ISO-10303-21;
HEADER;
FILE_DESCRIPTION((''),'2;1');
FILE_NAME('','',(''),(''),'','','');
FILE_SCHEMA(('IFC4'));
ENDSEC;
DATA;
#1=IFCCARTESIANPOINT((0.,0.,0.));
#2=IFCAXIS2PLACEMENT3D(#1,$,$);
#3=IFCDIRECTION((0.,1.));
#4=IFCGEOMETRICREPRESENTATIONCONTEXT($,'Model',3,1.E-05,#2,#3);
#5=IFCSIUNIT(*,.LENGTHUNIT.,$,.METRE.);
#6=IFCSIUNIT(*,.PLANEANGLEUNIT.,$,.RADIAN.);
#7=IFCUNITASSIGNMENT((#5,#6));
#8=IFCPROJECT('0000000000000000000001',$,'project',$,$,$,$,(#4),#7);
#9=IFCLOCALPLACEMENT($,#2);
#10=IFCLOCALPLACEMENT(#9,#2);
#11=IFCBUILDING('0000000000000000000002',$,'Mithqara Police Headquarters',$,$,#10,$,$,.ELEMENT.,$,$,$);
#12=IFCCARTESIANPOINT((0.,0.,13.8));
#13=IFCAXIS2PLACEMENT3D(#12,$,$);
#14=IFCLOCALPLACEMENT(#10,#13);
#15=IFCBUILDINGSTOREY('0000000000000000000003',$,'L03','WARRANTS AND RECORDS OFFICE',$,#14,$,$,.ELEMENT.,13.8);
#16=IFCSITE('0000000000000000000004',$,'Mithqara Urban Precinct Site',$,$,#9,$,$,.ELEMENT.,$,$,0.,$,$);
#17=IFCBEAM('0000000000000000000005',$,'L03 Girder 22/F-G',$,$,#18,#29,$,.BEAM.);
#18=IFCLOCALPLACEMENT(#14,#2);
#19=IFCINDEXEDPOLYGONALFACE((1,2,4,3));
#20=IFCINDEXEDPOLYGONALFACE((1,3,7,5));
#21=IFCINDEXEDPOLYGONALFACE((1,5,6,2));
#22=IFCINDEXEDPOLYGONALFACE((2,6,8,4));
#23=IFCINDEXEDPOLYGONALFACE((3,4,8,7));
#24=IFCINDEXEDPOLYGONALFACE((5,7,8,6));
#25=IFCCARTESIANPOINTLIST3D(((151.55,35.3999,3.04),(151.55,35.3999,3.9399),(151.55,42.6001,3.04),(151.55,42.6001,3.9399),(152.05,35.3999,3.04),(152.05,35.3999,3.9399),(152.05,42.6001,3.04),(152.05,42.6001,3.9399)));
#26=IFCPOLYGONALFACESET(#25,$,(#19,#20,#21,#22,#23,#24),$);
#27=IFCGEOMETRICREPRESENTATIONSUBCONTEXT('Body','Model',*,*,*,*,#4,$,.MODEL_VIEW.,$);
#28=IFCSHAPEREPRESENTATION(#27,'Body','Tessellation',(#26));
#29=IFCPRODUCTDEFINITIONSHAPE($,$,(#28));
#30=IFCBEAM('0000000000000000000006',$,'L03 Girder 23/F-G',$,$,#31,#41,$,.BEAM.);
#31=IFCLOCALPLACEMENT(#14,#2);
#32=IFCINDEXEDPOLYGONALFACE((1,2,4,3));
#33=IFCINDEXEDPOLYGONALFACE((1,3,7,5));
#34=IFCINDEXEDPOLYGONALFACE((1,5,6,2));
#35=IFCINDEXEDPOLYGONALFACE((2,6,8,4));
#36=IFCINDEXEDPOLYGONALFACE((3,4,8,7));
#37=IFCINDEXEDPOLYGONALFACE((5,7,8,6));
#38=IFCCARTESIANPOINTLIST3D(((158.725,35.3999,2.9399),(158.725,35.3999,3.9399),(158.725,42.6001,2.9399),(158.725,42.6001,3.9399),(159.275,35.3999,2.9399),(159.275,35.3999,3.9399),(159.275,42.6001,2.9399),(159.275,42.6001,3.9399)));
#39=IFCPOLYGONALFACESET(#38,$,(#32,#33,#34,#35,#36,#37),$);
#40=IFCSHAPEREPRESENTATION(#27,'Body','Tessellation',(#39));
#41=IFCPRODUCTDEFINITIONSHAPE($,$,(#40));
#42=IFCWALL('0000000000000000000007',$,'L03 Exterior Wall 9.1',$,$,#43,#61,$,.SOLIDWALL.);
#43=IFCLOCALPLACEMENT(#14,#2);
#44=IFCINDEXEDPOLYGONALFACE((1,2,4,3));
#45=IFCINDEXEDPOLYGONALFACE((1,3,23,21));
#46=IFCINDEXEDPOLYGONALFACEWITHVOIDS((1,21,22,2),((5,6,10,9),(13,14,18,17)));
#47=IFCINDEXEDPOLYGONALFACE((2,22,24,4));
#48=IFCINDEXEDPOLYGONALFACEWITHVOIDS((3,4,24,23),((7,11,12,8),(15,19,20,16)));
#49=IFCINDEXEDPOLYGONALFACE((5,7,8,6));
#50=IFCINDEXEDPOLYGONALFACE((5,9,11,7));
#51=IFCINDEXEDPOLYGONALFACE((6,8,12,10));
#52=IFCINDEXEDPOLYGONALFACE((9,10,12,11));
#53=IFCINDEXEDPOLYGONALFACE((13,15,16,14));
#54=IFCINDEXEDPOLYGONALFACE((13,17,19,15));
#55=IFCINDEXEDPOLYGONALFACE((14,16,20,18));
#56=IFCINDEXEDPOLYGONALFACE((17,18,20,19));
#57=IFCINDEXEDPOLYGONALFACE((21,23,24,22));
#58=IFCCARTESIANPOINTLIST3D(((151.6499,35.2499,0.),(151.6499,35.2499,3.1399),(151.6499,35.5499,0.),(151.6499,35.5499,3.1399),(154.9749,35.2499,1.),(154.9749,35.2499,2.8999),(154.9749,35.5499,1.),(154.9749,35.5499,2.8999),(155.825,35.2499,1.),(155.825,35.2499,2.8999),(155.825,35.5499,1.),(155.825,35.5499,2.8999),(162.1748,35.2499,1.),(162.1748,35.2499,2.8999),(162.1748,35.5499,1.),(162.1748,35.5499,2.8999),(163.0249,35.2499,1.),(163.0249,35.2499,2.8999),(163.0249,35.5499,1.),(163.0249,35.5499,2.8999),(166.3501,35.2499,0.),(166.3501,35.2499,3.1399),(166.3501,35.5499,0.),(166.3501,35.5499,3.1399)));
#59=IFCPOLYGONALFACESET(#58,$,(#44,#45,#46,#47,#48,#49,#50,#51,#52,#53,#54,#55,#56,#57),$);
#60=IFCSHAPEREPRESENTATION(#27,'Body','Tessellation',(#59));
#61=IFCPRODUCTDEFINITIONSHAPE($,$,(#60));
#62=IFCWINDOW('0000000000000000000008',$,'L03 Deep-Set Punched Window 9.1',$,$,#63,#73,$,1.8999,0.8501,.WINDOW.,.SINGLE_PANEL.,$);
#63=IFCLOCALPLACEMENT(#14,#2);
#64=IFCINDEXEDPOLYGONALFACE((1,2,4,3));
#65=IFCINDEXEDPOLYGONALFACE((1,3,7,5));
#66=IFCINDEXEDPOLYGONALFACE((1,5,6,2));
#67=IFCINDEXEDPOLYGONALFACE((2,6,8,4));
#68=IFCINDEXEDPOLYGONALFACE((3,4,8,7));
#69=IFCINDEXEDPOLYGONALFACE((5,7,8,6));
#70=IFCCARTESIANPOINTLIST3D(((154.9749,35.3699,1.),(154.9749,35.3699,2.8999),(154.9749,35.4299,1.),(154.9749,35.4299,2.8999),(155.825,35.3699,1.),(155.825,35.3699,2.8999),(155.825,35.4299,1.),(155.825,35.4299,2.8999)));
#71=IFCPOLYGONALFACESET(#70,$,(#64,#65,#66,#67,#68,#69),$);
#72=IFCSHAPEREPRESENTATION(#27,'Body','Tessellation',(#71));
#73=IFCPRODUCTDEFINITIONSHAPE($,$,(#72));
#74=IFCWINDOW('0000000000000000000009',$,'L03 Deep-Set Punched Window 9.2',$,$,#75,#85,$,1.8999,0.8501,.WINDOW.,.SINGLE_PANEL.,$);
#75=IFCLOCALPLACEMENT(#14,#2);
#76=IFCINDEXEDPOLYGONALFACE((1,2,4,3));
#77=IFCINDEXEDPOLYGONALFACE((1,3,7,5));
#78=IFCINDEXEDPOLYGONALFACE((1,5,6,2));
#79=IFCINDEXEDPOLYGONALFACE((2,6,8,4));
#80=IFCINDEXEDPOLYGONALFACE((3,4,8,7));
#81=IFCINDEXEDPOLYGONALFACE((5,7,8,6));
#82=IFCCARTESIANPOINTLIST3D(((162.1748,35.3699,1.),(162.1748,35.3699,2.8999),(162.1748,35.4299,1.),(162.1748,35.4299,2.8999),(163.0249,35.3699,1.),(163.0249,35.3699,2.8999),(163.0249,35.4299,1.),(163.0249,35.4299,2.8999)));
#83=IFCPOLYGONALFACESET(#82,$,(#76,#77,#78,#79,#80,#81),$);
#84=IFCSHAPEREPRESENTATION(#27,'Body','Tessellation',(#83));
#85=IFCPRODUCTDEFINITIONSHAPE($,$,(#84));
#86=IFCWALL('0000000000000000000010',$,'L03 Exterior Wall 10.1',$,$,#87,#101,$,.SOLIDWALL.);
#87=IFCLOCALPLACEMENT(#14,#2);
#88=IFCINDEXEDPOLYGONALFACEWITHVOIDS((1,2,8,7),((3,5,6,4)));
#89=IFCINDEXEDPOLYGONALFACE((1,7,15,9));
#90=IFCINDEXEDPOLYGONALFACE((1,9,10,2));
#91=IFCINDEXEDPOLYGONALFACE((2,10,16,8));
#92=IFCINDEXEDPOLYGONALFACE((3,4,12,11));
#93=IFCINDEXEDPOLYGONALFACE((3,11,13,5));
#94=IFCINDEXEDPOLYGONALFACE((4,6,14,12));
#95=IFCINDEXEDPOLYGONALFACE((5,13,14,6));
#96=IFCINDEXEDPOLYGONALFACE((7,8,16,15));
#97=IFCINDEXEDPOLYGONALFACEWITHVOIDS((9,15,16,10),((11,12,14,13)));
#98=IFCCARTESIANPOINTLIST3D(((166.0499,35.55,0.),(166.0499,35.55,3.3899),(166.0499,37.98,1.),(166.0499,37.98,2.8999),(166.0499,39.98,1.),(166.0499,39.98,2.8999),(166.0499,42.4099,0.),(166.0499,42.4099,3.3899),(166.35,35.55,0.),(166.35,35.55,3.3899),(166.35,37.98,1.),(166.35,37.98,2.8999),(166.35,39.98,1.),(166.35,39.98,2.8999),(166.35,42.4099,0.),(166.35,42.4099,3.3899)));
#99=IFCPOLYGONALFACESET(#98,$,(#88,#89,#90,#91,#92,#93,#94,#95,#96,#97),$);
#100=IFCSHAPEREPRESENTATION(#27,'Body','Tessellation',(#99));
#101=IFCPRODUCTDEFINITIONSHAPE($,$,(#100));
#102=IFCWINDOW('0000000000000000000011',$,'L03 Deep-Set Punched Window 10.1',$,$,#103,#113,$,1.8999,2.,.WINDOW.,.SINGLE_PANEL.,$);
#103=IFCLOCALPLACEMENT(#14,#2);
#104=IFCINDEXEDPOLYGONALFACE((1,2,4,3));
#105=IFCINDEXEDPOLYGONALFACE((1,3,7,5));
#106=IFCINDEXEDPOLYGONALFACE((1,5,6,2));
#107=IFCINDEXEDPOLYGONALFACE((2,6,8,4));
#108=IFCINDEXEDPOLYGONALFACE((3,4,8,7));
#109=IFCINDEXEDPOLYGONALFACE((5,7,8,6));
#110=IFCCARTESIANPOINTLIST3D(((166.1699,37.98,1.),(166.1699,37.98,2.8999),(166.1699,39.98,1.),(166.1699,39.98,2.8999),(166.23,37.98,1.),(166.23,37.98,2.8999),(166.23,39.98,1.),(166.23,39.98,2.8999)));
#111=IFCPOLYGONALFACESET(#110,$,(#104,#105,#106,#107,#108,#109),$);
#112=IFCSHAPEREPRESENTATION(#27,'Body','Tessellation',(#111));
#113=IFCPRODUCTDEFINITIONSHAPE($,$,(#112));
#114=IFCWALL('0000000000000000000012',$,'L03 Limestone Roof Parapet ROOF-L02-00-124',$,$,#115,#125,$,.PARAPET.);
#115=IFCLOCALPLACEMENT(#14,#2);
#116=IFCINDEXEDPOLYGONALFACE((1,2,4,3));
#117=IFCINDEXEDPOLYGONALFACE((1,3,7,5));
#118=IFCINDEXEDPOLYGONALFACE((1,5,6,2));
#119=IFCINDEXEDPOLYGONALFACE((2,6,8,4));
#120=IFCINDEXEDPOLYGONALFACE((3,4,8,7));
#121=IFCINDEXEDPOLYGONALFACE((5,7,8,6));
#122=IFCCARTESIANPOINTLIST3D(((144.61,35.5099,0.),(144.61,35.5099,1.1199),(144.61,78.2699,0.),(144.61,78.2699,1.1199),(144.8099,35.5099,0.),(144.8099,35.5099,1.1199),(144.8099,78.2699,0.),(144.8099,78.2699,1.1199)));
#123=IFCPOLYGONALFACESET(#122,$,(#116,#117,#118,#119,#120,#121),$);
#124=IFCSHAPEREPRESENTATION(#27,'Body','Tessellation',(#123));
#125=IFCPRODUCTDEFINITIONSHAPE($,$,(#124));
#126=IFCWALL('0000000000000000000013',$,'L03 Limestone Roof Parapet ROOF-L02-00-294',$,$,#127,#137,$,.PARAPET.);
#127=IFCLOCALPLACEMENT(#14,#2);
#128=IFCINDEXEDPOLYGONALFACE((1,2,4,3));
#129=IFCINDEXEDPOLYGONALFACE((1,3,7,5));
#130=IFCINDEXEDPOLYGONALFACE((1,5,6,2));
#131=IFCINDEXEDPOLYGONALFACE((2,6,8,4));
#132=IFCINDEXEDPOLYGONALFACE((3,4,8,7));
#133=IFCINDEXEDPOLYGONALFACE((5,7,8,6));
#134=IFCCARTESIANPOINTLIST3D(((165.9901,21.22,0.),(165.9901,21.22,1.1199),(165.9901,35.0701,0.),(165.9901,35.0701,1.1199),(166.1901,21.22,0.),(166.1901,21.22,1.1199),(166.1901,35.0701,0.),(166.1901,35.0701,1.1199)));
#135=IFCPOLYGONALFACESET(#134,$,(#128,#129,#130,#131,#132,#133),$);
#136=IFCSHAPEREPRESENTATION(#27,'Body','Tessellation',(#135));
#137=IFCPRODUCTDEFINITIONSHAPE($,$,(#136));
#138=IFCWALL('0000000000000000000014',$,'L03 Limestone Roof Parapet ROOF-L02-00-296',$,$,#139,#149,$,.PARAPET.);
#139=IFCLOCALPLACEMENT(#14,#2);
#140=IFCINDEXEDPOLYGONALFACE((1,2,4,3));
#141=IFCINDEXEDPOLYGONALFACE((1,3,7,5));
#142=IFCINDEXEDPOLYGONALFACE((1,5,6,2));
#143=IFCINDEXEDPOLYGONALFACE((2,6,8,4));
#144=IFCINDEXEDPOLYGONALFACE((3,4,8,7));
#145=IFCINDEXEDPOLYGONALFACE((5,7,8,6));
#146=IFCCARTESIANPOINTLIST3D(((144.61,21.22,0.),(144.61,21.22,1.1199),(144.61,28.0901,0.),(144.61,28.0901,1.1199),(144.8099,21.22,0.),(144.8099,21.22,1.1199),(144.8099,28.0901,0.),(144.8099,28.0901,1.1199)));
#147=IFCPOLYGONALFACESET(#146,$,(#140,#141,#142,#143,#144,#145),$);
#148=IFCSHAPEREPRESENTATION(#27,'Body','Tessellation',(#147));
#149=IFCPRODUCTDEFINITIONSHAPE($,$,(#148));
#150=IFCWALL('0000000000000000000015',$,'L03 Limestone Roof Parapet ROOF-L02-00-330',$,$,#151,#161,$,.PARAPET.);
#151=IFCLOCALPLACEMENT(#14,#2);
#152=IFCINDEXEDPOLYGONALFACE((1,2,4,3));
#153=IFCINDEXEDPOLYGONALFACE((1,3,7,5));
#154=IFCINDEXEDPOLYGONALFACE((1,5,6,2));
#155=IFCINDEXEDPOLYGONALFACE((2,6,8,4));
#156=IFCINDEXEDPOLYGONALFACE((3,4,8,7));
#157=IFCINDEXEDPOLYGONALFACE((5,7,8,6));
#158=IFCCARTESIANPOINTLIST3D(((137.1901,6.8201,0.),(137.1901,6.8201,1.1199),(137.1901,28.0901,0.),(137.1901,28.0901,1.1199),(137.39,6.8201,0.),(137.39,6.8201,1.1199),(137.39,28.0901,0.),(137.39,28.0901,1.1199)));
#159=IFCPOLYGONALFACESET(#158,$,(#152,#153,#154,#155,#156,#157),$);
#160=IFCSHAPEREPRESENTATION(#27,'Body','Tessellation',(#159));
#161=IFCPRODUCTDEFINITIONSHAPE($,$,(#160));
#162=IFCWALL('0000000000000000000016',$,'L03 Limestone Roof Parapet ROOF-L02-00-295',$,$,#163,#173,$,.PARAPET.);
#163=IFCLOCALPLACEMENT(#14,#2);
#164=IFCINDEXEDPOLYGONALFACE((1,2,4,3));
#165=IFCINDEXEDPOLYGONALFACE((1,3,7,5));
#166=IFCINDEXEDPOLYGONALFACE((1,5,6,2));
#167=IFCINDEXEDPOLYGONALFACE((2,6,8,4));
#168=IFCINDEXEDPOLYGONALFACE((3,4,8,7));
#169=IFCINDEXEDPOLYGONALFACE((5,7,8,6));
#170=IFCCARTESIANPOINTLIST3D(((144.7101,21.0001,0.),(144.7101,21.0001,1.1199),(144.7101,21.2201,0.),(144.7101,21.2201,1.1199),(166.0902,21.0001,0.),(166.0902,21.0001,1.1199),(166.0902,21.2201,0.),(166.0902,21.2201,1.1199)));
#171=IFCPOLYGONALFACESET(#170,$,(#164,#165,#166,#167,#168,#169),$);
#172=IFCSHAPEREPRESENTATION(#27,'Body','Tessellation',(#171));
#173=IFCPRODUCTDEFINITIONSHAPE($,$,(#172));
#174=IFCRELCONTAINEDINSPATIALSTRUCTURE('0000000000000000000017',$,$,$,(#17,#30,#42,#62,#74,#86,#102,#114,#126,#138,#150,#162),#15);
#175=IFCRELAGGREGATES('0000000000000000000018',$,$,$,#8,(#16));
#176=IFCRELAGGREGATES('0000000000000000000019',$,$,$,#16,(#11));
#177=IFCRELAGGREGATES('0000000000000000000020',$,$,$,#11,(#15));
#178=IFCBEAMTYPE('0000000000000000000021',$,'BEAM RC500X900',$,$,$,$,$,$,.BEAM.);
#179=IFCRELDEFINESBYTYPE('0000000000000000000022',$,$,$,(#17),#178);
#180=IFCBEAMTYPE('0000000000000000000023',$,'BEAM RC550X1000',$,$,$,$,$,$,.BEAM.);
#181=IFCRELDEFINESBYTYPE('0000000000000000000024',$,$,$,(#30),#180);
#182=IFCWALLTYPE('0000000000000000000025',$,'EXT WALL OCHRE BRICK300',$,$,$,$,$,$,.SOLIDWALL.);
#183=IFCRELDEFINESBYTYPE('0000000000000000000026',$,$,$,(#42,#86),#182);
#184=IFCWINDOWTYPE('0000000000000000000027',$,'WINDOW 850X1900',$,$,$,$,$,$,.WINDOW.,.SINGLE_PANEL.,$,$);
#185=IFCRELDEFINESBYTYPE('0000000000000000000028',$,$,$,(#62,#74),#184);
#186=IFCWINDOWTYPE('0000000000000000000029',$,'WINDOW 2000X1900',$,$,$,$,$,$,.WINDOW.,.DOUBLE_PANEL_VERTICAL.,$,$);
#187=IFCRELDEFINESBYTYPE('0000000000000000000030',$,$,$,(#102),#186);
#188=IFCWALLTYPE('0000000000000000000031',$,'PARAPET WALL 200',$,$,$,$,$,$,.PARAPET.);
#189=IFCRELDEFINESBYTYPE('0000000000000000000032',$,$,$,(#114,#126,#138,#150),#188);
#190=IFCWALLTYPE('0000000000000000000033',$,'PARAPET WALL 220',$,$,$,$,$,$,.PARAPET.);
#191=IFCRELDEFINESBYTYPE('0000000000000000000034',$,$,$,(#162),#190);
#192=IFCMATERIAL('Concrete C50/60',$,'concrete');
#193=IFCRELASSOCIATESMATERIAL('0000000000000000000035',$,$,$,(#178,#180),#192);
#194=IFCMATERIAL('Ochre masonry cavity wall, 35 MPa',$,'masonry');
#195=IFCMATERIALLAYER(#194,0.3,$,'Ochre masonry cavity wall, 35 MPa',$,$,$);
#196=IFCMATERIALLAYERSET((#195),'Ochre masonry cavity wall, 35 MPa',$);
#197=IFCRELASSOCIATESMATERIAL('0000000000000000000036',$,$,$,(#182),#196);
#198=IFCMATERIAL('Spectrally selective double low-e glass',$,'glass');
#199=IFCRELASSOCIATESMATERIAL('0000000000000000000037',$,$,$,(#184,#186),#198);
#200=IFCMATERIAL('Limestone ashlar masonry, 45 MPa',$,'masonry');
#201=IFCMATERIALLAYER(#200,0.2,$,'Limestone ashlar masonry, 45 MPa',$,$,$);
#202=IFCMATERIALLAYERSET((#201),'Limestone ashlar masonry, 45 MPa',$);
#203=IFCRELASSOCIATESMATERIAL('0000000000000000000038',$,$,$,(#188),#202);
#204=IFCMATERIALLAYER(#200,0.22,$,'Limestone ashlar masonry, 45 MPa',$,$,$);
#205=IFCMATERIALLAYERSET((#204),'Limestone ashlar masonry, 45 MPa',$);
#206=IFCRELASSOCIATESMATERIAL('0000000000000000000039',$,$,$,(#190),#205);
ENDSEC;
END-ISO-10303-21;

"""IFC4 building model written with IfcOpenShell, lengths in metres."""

from ifc_helpers import new_model, si_unit, direction, frame, frame_2d, origin, origin_2d, place, context, subcontext, project, spatial, rectangle, extrude, material, layer, layer_set, material_profile, profile_set, type_object, element, fill, save


model = new_model("IFC4")

# Units and contexts
model_context = context("Model", 3, precision=1e-05, world=origin(), true_north=direction((0.0, 1.0)))
body_context = subcontext(model_context, "Body", "Model", "MODEL_VIEW")
ifc_project = project(units=[si_unit("LENGTHUNIT", "METRE"), si_unit("PLANEANGLEUNIT", "RADIAN")], contexts=[model_context])

# Site, building, storey
site_placement = place(None, origin())
site = spatial("IfcSite", under=ifc_project, at=site_placement, Name="Mithqara Urban Precinct Site", CompositionType="ELEMENT", RefElevation=0.0)
building_placement = place(site_placement, origin())
building = spatial("IfcBuilding", under=site, at=building_placement, Name="Mithqara Police Headquarters", CompositionType="ELEMENT")
storey_placement = place(building_placement, frame((0.0, 0.0, 13.8)))
storey = spatial("IfcBuildingStorey", under=building, at=storey_placement, Name="L03", Description="WARRANTS AND RECORDS OFFICE", CompositionType="ELEMENT", Elevation=13.8)

# Shared definitions
ifc_material_1 = material(Name="Concrete C50/60", Category="concrete")

# Beams
ifc_material_profile_1 = material_profile(ifc_material_1, rectangle(XDim=0.5, YDim=0.8999, at=origin_2d()), Name="RC 500x900")
ifc_profile_set_1 = profile_set([ifc_material_profile_1], Name="Concrete C50/60")
beam_type_1 = type_object("IfcBeamType", Name="BEAM RC500X900", PredefinedType="BEAM", material=ifc_profile_set_1)
beam_1_placement = place(storey_placement, frame((151.8, 35.3999, 3.49), z_axis=(0.0, 1.0, 0.0), x_axis=(-1.0, 0.0, 0.0)))
element("IfcBeam", 1, at=beam_1_placement, inside=storey, type_object=beam_type_1, Name="L03 Girder 22/F-G", PredefinedType="BEAM", context=body_context, shape_type="SweptSolid", body=[
    extrude(rectangle(XDim=0.5, YDim=0.8999, at=origin_2d()), origin(), (0.0, 0.0, 1.0), 7.2002),
])
ifc_material_profile_2 = material_profile(ifc_material_1, rectangle(XDim=0.55, YDim=1.0, at=origin_2d()), Name="RC 550x1000")
ifc_profile_set_2 = profile_set([ifc_material_profile_2], Name="Concrete C50/60")
beam_type_2 = type_object("IfcBeamType", Name="BEAM RC550X1000", PredefinedType="BEAM", material=ifc_profile_set_2)
beam_2_placement = place(storey_placement, frame((159.0, 35.3999, 3.4399), z_axis=(0.0, 1.0, 0.0), x_axis=(-1.0, 0.0, 0.0)))
element("IfcBeam", 2, at=beam_2_placement, inside=storey, type_object=beam_type_2, Name="L03 Girder 23/F-G", PredefinedType="BEAM", context=body_context, shape_type="SweptSolid", body=[
    extrude(rectangle(XDim=0.55, YDim=1.0, at=origin_2d()), origin(), (0.0, 0.0, 1.0), 7.2002),
])

# Wall, openings, windows
ifc_material_2 = material(Name="Ochre masonry cavity wall, 35 MPa", Category="masonry")
ifc_layer_1 = layer(ifc_material_2, 0.3, Name="Ochre masonry cavity wall, 35 MPa")
ifc_layer_set_1 = layer_set([ifc_layer_1], Name="Ochre masonry cavity wall, 35 MPa")
wall_type_1 = type_object("IfcWallType", Name="EXT WALL OCHRE BRICK300", PredefinedType="SOLIDWALL", material=ifc_layer_set_1)
wall_1_placement = place(storey_placement, frame((151.6499, 35.3999, 0.0), z_axis=(0.0, 0.0, 1.0), x_axis=(1.0, 0.0, 0.0)))
wall_1 = element("IfcWall", 3, at=wall_1_placement, inside=storey, type_object=wall_type_1, Name="L03 Exterior Wall 9.1", PredefinedType="SOLIDWALL", context=body_context, shape_type="SweptSolid", body=[
    extrude(rectangle(XDim=14.7002, YDim=0.3, at=frame_2d((7.3501, 0.0))), origin(), (0.0, 0.0, 1.0), 3.1399),
])
opening_1_placement = place(wall_1_placement, frame((3.325, 0.0, 1.0)))
opening_1 = element("IfcOpeningElement", 4, at=opening_1_placement, cuts=wall_1, PredefinedType="OPENING", context=body_context, shape_type="SweptSolid", body=[
    extrude(rectangle(XDim=0.8501, YDim=1.8999, at=frame_2d((0.425, 0.95))), frame((0.0, 0.1602, 0.0), z_axis=(0.0, -1.0, 0.0), x_axis=(1.0, 0.0, 0.0)), (0.0, 0.0, 1.0), 0.3201),
])
opening_2_placement = place(wall_1_placement, frame((10.5249, 0.0, 1.0)))
opening_2 = element("IfcOpeningElement", 5, at=opening_2_placement, cuts=wall_1, PredefinedType="OPENING", context=body_context, shape_type="SweptSolid", body=[
    extrude(rectangle(XDim=0.8501, YDim=1.8999, at=frame_2d((0.425, 0.95))), frame((0.0, 0.1602, 0.0), z_axis=(0.0, -1.0, 0.0), x_axis=(1.0, 0.0, 0.0)), (0.0, 0.0, 1.0), 0.3201),
])
ifc_material_3 = material(Name="Spectrally selective double low-e glass", Category="glass")
window_type_1 = type_object("IfcWindowType", Name="WINDOW 850X1900", PartitioningType="SINGLE_PANEL", PredefinedType="WINDOW", material=ifc_material_3)
window_1_placement = place(opening_1_placement, origin())
window_1 = element("IfcWindow", 6, at=window_1_placement, inside=storey, type_object=window_type_1, Name="L03 Deep-Set Punched Window 9.1", OverallHeight=1.8999, OverallWidth=0.8501, PartitioningType="SINGLE_PANEL", PredefinedType="WINDOW", context=body_context, shape_type="SweptSolid", body=[
    extrude(rectangle(XDim=0.8501, YDim=1.8999, at=frame_2d((0.425, 0.95))), frame((0.0, 0.03, 0.0), z_axis=(0.0, -1.0, 0.0), x_axis=(1.0, 0.0, 0.0)), (0.0, 0.0, 1.0), 0.0601),
])
fill(opening_1, window_1)
window_2_placement = place(opening_2_placement, origin())
window_2 = element("IfcWindow", 7, at=window_2_placement, inside=storey, type_object=window_type_1, Name="L03 Deep-Set Punched Window 9.2", OverallHeight=1.8999, OverallWidth=0.8501, PartitioningType="SINGLE_PANEL", PredefinedType="WINDOW", context=body_context, shape_type="SweptSolid", body=[
    extrude(rectangle(XDim=0.8501, YDim=1.8999, at=frame_2d((0.425, 0.95))), frame((0.0, 0.03, 0.0), z_axis=(0.0, -1.0, 0.0), x_axis=(1.0, 0.0, 0.0)), (0.0, 0.0, 1.0), 0.0601),
])
fill(opening_2, window_2)

# Wall, opening, window
wall_2_placement = place(storey_placement, frame((166.2, 35.55, 0.0), z_axis=(0.0, 0.0, 1.0), x_axis=(0.0, 1.0, 0.0)))
wall_2 = element("IfcWall", 8, at=wall_2_placement, inside=storey, type_object=wall_type_1, Name="L03 Exterior Wall 10.1", PredefinedType="SOLIDWALL", context=body_context, shape_type="SweptSolid", body=[
    extrude(rectangle(XDim=6.8599, YDim=0.3, at=frame_2d((3.4299, 0.0))), origin(), (0.0, 0.0, 1.0), 3.3899),
])
opening_3_placement = place(wall_2_placement, frame((2.4299, 0.0, 1.0)))
opening_3 = element("IfcOpeningElement", 9, at=opening_3_placement, cuts=wall_2, PredefinedType="OPENING", context=body_context, shape_type="SweptSolid", body=[
    extrude(rectangle(XDim=2.0, YDim=1.8999, at=frame_2d((1.0, 0.95))), frame((0.0, 0.1602, 0.0), z_axis=(0.0, -1.0, 0.0), x_axis=(1.0, 0.0, 0.0)), (0.0, 0.0, 1.0), 0.3201),
])
window_type_2 = type_object("IfcWindowType", Name="WINDOW 2000X1900", PartitioningType="DOUBLE_PANEL_VERTICAL", PredefinedType="WINDOW", material=ifc_material_3)
window_3_placement = place(opening_3_placement, origin())
window_3 = element("IfcWindow", 10, at=window_3_placement, inside=storey, type_object=window_type_2, Name="L03 Deep-Set Punched Window 10.1", OverallHeight=1.8999, OverallWidth=2.0, PartitioningType="SINGLE_PANEL", PredefinedType="WINDOW", context=body_context, shape_type="SweptSolid", body=[
    extrude(rectangle(XDim=2.0, YDim=1.8999, at=frame_2d((1.0, 0.95))), frame((0.0, 0.03, 0.0), z_axis=(0.0, -1.0, 0.0), x_axis=(1.0, 0.0, 0.0)), (0.0, 0.0, 1.0), 0.0601),
])
fill(opening_3, window_3)

# Walls
ifc_material_4 = material(Name="Limestone ashlar masonry, 45 MPa", Category="masonry")
ifc_layer_2 = layer(ifc_material_4, 0.2, Name="Limestone ashlar masonry, 45 MPa")
ifc_layer_set_2 = layer_set([ifc_layer_2], Name="Limestone ashlar masonry, 45 MPa")
wall_type_2 = type_object("IfcWallType", Name="PARAPET WALL 200", PredefinedType="PARAPET", material=ifc_layer_set_2)
wall_3_placement = place(storey_placement, frame((144.71, 35.51, 0.0), z_axis=(0.0, 0.0, 1.0), x_axis=(0.0, 1.0, 0.0)))
element("IfcWall", 11, at=wall_3_placement, inside=storey, type_object=wall_type_2, Name="L03 Limestone Roof Parapet ROOF-L02-00-124", PredefinedType="PARAPET", context=body_context, shape_type="SweptSolid", body=[
    extrude(rectangle(XDim=42.76, YDim=0.2, at=frame_2d((21.3799, 0.0))), origin(), (0.0, 0.0, 1.0), 1.1199),
])
wall_4_placement = place(storey_placement, frame((166.0901, 35.0701, 0.0), z_axis=(0.0, 0.0, 1.0), x_axis=(0.0, -1.0, 0.0)))
element("IfcWall", 12, at=wall_4_placement, inside=storey, type_object=wall_type_2, Name="L03 Limestone Roof Parapet ROOF-L02-00-294", PredefinedType="PARAPET", context=body_context, shape_type="SweptSolid", body=[
    extrude(rectangle(XDim=13.8501, YDim=0.2, at=frame_2d((6.925, 0.0))), origin(), (0.0, 0.0, 1.0), 1.1199),
])
wall_5_placement = place(storey_placement, frame((144.71, 21.22, 0.0), z_axis=(0.0, 0.0, 1.0), x_axis=(0.0, 1.0, 0.0)))
element("IfcWall", 13, at=wall_5_placement, inside=storey, type_object=wall_type_2, Name="L03 Limestone Roof Parapet ROOF-L02-00-296", PredefinedType="PARAPET", context=body_context, shape_type="SweptSolid", body=[
    extrude(rectangle(XDim=6.8701, YDim=0.2, at=frame_2d((3.4351, 0.0))), origin(), (0.0, 0.0, 1.0), 1.1199),
])
wall_6_placement = place(storey_placement, frame((137.29, 28.0901, 0.0), z_axis=(0.0, 0.0, 1.0), x_axis=(0.0, -1.0, 0.0)))
element("IfcWall", 14, at=wall_6_placement, inside=storey, type_object=wall_type_2, Name="L03 Limestone Roof Parapet ROOF-L02-00-330", PredefinedType="PARAPET", context=body_context, shape_type="SweptSolid", body=[
    extrude(rectangle(XDim=21.27, YDim=0.2, at=frame_2d((10.635, 0.0))), origin(), (0.0, 0.0, 1.0), 1.1199),
])
ifc_layer_3 = layer(ifc_material_4, 0.22, Name="Limestone ashlar masonry, 45 MPa")
ifc_layer_set_3 = layer_set([ifc_layer_3], Name="Limestone ashlar masonry, 45 MPa")
wall_type_3 = type_object("IfcWallType", Name="PARAPET WALL 220", PredefinedType="PARAPET", material=ifc_layer_set_3)
wall_7_placement = place(storey_placement, frame((166.0901, 21.1101, 0.0), z_axis=(0.0, 0.0, 1.0), x_axis=(-1.0, 0.0, 0.0)))
element("IfcWall", 15, at=wall_7_placement, inside=storey, type_object=wall_type_3, Name="L03 Limestone Roof Parapet ROOF-L02-00-295", PredefinedType="PARAPET", context=body_context, shape_type="SweptSolid", body=[
    extrude(rectangle(XDim=21.3801, YDim=0.22, at=frame_2d((10.6899, 0.0))), origin(), (0.0, 0.0, 1.0), 1.1199),
])

save(model, "model.ifc")
